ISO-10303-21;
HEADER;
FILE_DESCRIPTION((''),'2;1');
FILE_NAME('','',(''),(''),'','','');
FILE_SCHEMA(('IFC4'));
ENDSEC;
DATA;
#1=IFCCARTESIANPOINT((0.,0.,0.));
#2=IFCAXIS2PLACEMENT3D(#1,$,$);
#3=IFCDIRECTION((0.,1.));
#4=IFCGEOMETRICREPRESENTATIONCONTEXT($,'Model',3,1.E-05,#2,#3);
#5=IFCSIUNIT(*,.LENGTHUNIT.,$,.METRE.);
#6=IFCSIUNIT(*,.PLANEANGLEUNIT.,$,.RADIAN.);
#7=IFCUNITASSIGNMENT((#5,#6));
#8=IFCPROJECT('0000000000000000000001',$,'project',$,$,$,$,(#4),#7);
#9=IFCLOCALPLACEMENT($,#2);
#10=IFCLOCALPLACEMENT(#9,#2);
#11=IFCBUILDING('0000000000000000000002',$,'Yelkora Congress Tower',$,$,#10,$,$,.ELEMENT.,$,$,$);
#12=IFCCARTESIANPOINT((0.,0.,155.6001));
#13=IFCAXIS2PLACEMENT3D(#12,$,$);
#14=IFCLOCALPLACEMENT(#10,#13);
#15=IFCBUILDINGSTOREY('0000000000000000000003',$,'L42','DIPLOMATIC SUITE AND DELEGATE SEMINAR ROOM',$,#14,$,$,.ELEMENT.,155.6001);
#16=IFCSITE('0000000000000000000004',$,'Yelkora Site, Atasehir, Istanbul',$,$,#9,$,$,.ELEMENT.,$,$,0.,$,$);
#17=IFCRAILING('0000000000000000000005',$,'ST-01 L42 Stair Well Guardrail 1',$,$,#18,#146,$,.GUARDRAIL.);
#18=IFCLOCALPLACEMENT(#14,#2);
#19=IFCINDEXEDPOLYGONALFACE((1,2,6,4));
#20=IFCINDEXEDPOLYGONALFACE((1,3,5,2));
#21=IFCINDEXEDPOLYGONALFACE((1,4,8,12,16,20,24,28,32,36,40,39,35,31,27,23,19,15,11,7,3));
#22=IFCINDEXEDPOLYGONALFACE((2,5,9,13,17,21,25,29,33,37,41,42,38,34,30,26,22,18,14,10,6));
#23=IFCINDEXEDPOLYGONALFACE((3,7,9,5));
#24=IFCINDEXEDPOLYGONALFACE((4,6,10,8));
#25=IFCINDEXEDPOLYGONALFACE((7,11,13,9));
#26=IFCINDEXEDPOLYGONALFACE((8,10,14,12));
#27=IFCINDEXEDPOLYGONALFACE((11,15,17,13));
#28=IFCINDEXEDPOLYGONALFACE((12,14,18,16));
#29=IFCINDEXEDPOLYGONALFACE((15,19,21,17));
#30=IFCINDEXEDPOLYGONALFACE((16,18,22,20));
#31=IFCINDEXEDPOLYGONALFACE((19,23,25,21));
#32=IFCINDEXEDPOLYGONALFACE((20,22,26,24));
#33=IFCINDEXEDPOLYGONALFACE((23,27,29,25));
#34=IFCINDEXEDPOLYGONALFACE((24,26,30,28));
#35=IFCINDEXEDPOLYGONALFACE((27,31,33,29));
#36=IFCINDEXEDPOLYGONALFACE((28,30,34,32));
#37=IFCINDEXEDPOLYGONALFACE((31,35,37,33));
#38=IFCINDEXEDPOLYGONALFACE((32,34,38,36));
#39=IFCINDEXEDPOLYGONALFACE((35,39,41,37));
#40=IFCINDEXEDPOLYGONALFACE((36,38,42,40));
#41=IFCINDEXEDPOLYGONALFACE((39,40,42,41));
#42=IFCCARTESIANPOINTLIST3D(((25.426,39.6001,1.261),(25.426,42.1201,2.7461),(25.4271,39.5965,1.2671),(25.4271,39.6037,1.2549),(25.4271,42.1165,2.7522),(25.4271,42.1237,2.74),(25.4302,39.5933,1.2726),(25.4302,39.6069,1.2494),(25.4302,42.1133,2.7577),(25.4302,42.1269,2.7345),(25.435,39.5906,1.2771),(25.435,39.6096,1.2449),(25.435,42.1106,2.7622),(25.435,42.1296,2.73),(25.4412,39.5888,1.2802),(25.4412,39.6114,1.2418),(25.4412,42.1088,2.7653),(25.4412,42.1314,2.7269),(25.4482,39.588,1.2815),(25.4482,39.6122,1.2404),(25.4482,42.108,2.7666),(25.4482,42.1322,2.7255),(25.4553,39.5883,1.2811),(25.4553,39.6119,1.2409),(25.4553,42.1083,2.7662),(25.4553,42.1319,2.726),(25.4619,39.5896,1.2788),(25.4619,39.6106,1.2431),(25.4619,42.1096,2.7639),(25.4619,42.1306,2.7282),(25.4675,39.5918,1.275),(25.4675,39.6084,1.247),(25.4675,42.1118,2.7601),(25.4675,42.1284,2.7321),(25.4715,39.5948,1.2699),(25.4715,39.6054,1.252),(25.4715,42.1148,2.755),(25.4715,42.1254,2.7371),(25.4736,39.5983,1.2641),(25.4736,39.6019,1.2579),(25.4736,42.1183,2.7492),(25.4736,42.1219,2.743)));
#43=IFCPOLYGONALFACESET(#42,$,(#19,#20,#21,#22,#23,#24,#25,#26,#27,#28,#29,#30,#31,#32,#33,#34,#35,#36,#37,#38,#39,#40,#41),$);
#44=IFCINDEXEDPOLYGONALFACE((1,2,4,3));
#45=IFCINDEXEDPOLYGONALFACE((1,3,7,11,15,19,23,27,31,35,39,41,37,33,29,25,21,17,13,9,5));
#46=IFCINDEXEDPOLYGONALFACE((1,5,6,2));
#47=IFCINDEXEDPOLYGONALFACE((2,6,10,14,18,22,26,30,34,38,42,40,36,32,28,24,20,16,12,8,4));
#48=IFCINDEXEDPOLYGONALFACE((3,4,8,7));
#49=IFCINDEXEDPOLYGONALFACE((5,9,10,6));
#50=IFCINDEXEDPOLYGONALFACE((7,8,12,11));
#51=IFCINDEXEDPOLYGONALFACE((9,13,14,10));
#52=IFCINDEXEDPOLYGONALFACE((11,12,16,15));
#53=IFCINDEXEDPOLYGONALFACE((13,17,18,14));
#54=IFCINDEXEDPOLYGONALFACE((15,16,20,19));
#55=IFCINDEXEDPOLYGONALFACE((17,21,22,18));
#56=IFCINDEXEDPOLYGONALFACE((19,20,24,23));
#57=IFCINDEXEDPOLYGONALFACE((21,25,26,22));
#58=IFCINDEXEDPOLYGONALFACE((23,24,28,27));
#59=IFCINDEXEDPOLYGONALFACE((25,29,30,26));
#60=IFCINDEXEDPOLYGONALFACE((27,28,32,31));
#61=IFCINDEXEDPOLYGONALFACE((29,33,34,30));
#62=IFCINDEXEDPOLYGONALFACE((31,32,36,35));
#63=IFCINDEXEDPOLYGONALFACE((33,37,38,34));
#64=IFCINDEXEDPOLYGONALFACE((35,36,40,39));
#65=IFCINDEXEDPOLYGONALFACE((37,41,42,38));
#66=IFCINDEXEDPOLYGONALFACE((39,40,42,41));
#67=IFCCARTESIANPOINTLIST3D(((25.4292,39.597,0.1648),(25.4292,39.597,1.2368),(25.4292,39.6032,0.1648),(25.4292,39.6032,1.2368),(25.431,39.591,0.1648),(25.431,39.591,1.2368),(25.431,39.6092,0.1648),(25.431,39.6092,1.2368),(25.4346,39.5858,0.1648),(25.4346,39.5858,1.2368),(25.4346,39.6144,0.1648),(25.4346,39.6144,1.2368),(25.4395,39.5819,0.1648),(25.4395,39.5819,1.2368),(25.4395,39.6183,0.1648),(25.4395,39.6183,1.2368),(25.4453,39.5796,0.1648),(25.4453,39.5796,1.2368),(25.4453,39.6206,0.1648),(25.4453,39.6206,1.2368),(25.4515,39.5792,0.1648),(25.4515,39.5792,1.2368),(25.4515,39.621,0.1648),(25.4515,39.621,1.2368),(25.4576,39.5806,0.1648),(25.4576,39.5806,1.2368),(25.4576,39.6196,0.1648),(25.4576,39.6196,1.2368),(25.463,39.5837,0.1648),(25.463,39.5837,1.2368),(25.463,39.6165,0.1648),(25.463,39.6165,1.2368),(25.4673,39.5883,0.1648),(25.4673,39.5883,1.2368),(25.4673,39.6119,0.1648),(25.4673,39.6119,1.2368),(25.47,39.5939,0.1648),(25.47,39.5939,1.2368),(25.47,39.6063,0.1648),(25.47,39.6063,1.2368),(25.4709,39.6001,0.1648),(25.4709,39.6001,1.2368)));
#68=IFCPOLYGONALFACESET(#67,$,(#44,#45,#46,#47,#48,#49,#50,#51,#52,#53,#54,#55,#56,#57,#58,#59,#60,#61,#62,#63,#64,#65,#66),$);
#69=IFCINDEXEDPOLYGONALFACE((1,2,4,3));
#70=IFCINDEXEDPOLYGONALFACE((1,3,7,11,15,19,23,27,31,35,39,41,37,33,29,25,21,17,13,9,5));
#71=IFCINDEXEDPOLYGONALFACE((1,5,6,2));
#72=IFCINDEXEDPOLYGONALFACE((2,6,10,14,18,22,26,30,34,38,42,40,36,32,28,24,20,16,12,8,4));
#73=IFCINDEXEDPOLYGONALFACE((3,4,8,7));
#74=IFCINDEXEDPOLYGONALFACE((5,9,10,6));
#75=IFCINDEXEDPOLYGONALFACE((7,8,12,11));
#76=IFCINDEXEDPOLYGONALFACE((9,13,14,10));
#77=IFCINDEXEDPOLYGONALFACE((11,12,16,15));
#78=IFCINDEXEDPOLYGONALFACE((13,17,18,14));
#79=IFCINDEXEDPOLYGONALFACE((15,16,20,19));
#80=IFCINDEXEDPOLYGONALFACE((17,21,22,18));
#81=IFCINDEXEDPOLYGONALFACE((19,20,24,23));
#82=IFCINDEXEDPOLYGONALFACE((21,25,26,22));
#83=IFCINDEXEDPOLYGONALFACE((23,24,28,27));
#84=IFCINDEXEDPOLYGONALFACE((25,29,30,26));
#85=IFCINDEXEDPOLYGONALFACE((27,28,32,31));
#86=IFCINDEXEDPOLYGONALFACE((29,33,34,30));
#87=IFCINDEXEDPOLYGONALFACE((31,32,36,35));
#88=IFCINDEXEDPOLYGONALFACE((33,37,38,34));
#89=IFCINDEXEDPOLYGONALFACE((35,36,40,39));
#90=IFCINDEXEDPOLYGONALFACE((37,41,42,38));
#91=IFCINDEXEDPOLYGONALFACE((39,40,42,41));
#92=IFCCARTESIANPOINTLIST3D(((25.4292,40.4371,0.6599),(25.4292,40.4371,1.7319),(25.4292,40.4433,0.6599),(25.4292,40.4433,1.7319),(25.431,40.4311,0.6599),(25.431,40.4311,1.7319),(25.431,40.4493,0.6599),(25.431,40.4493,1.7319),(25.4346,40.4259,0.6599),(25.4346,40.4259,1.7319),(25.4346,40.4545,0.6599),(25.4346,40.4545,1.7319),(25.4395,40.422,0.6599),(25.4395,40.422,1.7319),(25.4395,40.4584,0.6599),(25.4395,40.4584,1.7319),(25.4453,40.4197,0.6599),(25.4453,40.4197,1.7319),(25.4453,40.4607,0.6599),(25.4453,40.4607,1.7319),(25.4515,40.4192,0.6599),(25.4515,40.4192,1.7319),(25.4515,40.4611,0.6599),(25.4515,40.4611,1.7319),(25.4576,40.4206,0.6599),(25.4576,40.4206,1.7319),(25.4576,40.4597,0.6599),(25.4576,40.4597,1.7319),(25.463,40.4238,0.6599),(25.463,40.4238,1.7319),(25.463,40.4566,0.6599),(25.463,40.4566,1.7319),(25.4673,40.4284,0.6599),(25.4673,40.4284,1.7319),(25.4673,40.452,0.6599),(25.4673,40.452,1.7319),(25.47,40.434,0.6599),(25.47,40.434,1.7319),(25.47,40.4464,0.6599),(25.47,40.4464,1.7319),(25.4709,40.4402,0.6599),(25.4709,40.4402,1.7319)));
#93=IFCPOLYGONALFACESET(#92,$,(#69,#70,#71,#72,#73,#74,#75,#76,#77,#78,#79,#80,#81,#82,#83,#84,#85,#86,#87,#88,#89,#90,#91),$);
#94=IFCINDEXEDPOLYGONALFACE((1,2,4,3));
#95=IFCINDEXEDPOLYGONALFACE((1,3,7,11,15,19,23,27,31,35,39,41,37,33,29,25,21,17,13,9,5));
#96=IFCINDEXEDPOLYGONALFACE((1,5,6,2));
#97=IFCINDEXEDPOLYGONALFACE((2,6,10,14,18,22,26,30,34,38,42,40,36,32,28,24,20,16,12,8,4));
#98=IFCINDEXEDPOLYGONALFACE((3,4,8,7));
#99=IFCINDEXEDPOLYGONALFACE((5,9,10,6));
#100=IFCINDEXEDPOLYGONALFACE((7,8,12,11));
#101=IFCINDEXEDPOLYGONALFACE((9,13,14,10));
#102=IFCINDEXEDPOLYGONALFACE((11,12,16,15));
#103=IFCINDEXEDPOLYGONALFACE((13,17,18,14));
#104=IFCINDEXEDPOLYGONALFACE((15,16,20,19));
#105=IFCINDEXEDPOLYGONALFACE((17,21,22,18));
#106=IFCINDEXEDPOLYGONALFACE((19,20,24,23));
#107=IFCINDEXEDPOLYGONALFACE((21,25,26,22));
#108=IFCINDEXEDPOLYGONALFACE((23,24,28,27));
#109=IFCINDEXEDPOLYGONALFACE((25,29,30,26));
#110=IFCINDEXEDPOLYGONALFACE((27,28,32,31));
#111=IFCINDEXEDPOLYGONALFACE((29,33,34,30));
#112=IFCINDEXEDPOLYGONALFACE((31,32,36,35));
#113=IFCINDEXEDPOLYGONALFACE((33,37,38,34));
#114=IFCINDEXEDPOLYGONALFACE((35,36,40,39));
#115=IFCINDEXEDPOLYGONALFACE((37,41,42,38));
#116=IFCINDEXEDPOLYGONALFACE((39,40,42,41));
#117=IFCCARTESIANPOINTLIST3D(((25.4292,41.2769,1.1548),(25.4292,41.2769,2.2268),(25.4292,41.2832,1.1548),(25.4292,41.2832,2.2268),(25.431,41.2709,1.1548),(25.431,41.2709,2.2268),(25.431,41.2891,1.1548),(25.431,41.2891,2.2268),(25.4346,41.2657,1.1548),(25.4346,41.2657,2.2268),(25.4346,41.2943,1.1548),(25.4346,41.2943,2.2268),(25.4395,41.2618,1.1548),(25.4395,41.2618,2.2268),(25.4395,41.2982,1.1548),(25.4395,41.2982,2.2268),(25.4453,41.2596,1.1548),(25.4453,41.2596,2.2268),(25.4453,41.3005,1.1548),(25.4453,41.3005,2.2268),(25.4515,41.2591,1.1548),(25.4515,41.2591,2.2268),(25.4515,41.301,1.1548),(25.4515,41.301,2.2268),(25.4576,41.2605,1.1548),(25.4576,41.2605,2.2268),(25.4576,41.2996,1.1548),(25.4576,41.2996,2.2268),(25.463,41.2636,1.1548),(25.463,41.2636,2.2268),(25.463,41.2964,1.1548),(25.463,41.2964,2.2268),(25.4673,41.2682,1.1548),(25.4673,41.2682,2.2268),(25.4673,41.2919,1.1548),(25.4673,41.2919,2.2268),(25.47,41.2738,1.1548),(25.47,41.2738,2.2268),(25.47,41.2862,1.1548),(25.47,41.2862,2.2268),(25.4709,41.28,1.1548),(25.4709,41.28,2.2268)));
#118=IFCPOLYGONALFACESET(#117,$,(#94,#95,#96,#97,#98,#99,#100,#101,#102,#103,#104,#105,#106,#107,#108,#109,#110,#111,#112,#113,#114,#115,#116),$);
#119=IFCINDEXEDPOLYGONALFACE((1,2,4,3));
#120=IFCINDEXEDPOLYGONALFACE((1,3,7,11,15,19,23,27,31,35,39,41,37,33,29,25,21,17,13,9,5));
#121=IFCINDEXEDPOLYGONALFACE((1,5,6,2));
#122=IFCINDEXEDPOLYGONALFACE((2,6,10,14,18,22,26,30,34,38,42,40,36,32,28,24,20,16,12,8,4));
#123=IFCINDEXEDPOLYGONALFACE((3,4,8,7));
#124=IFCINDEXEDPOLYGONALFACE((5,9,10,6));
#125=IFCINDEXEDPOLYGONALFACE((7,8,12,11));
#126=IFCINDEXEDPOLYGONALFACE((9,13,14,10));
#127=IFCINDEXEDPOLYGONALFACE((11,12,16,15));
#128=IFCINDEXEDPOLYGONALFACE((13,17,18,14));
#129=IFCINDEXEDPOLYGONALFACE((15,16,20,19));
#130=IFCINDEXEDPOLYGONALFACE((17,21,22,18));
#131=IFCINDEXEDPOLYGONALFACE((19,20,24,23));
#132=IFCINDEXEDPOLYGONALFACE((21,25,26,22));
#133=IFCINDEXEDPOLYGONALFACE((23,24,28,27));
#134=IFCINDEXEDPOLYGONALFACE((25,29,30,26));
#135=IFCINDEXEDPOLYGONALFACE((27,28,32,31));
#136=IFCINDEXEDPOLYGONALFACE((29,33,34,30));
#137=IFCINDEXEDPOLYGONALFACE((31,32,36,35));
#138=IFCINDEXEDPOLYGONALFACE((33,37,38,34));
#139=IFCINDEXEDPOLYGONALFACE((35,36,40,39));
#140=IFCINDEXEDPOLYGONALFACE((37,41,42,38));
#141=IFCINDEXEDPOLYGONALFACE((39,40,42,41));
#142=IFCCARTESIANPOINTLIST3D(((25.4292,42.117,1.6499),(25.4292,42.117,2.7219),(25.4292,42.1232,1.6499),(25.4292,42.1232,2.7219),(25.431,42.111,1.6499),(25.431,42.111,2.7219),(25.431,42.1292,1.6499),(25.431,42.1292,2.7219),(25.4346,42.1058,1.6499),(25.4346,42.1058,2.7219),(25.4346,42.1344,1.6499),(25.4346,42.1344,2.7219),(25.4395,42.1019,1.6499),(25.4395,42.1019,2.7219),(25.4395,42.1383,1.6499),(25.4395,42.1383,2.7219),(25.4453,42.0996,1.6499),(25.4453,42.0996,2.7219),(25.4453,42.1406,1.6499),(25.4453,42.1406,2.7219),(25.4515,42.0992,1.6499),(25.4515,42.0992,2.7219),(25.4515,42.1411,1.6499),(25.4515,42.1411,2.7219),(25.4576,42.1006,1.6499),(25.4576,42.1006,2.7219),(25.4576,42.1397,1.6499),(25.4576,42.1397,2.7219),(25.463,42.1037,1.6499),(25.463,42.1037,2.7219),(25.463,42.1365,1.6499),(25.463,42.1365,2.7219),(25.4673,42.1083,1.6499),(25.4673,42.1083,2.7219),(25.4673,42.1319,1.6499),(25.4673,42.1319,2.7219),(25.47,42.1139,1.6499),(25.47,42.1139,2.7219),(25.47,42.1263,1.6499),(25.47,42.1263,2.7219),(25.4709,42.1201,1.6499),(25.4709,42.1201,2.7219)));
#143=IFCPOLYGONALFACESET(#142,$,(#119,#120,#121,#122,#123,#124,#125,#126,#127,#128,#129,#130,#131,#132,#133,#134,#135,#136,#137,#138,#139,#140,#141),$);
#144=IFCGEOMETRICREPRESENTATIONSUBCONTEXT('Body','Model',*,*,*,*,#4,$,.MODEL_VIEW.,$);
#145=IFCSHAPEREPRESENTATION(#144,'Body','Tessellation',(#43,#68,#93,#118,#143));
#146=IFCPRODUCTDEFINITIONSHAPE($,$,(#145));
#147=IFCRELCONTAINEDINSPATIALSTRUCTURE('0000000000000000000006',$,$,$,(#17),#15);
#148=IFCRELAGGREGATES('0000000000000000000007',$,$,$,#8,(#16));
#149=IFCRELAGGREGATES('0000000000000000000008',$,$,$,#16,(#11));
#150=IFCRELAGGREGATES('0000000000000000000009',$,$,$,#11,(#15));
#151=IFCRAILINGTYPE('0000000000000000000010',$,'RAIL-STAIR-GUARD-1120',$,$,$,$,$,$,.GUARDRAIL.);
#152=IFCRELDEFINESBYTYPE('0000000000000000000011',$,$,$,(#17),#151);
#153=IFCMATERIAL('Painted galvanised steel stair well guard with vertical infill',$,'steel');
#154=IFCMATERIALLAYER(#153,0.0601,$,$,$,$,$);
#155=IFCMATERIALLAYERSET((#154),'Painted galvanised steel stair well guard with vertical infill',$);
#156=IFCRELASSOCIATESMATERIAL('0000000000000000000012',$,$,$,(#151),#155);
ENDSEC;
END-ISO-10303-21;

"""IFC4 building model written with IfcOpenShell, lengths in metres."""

from ifc_helpers import new_model, si_unit, direction, frame, origin, origin_2d, place, context, subcontext, project, spatial, circle, extrude, material, layer, layer_set, type_object, element, save


model = new_model("IFC4")

# Units and contexts
model_context = context("Model", 3, precision=1e-05, world=origin(), true_north=direction((0.0, 1.0)))
body_context = subcontext(model_context, "Body", "Model", "MODEL_VIEW")
ifc_project = project(units=[si_unit("LENGTHUNIT", "METRE"), si_unit("PLANEANGLEUNIT", "RADIAN")], contexts=[model_context])

# Site, building, storey
site_placement = place(None, origin())
site = spatial("IfcSite", under=ifc_project, at=site_placement, Name="Yelkora Site, Atasehir, Istanbul", CompositionType="ELEMENT", RefElevation=0.0)
building_placement = place(site_placement, origin())
building = spatial("IfcBuilding", under=site, at=building_placement, Name="Yelkora Congress Tower", CompositionType="ELEMENT")
storey_placement = place(building_placement, frame((0.0, 0.0, 155.6001)))
storey = spatial("IfcBuildingStorey", under=building, at=storey_placement, Name="L42", Description="DIPLOMATIC SUITE AND DELEGATE SEMINAR ROOM", CompositionType="ELEMENT", Elevation=155.6001)

# Railing
ifc_material_1 = material(Name="Painted galvanised steel stair well guard with vertical infill", Category="steel")
ifc_layer_1 = layer(ifc_material_1, 0.0601)
ifc_layer_set_1 = layer_set([ifc_layer_1], Name="Painted galvanised steel stair well guard with vertical infill")
railing_type_1 = type_object("IfcRailingType", Name="RAIL-STAIR-GUARD-1120", PredefinedType="GUARDRAIL", material=ifc_layer_set_1)
railing_1_placement = place(storey_placement, frame((25.45, 39.6001, 0.1648)))
element("IfcRailing", 1, at=railing_1_placement, inside=storey, type_object=railing_type_1, Name="ST-01 L42 Stair Well Guardrail 1", PredefinedType="GUARDRAIL", context=body_context, shape_type="SweptSolid", body=[
    extrude(circle(Radius=0.0239, at=origin_2d()), frame((0.0, 0.0, 1.0962), z_axis=(0.0, 0.861524, 0.507717), x_axis=(-1.0, 0.0, 0.0)), (0.0, 0.0, 1.0), 2.925),
    extrude(circle(Radius=0.021, at=origin_2d()), origin(), (0.0, 0.0, 1.0), 1.072),
    extrude(circle(Radius=0.021, at=origin_2d()), frame((0.0, 0.8401, 0.4951)), (0.0, 0.0, 1.0), 1.072),
    extrude(circle(Radius=0.021, at=origin_2d()), frame((0.0, 1.6799, 0.99)), (0.0, 0.0, 1.0), 1.072),
    extrude(circle(Radius=0.021, at=origin_2d()), frame((0.0, 2.52, 1.4851)), (0.0, 0.0, 1.0), 1.072),
])

save(model, "model.ifc")
